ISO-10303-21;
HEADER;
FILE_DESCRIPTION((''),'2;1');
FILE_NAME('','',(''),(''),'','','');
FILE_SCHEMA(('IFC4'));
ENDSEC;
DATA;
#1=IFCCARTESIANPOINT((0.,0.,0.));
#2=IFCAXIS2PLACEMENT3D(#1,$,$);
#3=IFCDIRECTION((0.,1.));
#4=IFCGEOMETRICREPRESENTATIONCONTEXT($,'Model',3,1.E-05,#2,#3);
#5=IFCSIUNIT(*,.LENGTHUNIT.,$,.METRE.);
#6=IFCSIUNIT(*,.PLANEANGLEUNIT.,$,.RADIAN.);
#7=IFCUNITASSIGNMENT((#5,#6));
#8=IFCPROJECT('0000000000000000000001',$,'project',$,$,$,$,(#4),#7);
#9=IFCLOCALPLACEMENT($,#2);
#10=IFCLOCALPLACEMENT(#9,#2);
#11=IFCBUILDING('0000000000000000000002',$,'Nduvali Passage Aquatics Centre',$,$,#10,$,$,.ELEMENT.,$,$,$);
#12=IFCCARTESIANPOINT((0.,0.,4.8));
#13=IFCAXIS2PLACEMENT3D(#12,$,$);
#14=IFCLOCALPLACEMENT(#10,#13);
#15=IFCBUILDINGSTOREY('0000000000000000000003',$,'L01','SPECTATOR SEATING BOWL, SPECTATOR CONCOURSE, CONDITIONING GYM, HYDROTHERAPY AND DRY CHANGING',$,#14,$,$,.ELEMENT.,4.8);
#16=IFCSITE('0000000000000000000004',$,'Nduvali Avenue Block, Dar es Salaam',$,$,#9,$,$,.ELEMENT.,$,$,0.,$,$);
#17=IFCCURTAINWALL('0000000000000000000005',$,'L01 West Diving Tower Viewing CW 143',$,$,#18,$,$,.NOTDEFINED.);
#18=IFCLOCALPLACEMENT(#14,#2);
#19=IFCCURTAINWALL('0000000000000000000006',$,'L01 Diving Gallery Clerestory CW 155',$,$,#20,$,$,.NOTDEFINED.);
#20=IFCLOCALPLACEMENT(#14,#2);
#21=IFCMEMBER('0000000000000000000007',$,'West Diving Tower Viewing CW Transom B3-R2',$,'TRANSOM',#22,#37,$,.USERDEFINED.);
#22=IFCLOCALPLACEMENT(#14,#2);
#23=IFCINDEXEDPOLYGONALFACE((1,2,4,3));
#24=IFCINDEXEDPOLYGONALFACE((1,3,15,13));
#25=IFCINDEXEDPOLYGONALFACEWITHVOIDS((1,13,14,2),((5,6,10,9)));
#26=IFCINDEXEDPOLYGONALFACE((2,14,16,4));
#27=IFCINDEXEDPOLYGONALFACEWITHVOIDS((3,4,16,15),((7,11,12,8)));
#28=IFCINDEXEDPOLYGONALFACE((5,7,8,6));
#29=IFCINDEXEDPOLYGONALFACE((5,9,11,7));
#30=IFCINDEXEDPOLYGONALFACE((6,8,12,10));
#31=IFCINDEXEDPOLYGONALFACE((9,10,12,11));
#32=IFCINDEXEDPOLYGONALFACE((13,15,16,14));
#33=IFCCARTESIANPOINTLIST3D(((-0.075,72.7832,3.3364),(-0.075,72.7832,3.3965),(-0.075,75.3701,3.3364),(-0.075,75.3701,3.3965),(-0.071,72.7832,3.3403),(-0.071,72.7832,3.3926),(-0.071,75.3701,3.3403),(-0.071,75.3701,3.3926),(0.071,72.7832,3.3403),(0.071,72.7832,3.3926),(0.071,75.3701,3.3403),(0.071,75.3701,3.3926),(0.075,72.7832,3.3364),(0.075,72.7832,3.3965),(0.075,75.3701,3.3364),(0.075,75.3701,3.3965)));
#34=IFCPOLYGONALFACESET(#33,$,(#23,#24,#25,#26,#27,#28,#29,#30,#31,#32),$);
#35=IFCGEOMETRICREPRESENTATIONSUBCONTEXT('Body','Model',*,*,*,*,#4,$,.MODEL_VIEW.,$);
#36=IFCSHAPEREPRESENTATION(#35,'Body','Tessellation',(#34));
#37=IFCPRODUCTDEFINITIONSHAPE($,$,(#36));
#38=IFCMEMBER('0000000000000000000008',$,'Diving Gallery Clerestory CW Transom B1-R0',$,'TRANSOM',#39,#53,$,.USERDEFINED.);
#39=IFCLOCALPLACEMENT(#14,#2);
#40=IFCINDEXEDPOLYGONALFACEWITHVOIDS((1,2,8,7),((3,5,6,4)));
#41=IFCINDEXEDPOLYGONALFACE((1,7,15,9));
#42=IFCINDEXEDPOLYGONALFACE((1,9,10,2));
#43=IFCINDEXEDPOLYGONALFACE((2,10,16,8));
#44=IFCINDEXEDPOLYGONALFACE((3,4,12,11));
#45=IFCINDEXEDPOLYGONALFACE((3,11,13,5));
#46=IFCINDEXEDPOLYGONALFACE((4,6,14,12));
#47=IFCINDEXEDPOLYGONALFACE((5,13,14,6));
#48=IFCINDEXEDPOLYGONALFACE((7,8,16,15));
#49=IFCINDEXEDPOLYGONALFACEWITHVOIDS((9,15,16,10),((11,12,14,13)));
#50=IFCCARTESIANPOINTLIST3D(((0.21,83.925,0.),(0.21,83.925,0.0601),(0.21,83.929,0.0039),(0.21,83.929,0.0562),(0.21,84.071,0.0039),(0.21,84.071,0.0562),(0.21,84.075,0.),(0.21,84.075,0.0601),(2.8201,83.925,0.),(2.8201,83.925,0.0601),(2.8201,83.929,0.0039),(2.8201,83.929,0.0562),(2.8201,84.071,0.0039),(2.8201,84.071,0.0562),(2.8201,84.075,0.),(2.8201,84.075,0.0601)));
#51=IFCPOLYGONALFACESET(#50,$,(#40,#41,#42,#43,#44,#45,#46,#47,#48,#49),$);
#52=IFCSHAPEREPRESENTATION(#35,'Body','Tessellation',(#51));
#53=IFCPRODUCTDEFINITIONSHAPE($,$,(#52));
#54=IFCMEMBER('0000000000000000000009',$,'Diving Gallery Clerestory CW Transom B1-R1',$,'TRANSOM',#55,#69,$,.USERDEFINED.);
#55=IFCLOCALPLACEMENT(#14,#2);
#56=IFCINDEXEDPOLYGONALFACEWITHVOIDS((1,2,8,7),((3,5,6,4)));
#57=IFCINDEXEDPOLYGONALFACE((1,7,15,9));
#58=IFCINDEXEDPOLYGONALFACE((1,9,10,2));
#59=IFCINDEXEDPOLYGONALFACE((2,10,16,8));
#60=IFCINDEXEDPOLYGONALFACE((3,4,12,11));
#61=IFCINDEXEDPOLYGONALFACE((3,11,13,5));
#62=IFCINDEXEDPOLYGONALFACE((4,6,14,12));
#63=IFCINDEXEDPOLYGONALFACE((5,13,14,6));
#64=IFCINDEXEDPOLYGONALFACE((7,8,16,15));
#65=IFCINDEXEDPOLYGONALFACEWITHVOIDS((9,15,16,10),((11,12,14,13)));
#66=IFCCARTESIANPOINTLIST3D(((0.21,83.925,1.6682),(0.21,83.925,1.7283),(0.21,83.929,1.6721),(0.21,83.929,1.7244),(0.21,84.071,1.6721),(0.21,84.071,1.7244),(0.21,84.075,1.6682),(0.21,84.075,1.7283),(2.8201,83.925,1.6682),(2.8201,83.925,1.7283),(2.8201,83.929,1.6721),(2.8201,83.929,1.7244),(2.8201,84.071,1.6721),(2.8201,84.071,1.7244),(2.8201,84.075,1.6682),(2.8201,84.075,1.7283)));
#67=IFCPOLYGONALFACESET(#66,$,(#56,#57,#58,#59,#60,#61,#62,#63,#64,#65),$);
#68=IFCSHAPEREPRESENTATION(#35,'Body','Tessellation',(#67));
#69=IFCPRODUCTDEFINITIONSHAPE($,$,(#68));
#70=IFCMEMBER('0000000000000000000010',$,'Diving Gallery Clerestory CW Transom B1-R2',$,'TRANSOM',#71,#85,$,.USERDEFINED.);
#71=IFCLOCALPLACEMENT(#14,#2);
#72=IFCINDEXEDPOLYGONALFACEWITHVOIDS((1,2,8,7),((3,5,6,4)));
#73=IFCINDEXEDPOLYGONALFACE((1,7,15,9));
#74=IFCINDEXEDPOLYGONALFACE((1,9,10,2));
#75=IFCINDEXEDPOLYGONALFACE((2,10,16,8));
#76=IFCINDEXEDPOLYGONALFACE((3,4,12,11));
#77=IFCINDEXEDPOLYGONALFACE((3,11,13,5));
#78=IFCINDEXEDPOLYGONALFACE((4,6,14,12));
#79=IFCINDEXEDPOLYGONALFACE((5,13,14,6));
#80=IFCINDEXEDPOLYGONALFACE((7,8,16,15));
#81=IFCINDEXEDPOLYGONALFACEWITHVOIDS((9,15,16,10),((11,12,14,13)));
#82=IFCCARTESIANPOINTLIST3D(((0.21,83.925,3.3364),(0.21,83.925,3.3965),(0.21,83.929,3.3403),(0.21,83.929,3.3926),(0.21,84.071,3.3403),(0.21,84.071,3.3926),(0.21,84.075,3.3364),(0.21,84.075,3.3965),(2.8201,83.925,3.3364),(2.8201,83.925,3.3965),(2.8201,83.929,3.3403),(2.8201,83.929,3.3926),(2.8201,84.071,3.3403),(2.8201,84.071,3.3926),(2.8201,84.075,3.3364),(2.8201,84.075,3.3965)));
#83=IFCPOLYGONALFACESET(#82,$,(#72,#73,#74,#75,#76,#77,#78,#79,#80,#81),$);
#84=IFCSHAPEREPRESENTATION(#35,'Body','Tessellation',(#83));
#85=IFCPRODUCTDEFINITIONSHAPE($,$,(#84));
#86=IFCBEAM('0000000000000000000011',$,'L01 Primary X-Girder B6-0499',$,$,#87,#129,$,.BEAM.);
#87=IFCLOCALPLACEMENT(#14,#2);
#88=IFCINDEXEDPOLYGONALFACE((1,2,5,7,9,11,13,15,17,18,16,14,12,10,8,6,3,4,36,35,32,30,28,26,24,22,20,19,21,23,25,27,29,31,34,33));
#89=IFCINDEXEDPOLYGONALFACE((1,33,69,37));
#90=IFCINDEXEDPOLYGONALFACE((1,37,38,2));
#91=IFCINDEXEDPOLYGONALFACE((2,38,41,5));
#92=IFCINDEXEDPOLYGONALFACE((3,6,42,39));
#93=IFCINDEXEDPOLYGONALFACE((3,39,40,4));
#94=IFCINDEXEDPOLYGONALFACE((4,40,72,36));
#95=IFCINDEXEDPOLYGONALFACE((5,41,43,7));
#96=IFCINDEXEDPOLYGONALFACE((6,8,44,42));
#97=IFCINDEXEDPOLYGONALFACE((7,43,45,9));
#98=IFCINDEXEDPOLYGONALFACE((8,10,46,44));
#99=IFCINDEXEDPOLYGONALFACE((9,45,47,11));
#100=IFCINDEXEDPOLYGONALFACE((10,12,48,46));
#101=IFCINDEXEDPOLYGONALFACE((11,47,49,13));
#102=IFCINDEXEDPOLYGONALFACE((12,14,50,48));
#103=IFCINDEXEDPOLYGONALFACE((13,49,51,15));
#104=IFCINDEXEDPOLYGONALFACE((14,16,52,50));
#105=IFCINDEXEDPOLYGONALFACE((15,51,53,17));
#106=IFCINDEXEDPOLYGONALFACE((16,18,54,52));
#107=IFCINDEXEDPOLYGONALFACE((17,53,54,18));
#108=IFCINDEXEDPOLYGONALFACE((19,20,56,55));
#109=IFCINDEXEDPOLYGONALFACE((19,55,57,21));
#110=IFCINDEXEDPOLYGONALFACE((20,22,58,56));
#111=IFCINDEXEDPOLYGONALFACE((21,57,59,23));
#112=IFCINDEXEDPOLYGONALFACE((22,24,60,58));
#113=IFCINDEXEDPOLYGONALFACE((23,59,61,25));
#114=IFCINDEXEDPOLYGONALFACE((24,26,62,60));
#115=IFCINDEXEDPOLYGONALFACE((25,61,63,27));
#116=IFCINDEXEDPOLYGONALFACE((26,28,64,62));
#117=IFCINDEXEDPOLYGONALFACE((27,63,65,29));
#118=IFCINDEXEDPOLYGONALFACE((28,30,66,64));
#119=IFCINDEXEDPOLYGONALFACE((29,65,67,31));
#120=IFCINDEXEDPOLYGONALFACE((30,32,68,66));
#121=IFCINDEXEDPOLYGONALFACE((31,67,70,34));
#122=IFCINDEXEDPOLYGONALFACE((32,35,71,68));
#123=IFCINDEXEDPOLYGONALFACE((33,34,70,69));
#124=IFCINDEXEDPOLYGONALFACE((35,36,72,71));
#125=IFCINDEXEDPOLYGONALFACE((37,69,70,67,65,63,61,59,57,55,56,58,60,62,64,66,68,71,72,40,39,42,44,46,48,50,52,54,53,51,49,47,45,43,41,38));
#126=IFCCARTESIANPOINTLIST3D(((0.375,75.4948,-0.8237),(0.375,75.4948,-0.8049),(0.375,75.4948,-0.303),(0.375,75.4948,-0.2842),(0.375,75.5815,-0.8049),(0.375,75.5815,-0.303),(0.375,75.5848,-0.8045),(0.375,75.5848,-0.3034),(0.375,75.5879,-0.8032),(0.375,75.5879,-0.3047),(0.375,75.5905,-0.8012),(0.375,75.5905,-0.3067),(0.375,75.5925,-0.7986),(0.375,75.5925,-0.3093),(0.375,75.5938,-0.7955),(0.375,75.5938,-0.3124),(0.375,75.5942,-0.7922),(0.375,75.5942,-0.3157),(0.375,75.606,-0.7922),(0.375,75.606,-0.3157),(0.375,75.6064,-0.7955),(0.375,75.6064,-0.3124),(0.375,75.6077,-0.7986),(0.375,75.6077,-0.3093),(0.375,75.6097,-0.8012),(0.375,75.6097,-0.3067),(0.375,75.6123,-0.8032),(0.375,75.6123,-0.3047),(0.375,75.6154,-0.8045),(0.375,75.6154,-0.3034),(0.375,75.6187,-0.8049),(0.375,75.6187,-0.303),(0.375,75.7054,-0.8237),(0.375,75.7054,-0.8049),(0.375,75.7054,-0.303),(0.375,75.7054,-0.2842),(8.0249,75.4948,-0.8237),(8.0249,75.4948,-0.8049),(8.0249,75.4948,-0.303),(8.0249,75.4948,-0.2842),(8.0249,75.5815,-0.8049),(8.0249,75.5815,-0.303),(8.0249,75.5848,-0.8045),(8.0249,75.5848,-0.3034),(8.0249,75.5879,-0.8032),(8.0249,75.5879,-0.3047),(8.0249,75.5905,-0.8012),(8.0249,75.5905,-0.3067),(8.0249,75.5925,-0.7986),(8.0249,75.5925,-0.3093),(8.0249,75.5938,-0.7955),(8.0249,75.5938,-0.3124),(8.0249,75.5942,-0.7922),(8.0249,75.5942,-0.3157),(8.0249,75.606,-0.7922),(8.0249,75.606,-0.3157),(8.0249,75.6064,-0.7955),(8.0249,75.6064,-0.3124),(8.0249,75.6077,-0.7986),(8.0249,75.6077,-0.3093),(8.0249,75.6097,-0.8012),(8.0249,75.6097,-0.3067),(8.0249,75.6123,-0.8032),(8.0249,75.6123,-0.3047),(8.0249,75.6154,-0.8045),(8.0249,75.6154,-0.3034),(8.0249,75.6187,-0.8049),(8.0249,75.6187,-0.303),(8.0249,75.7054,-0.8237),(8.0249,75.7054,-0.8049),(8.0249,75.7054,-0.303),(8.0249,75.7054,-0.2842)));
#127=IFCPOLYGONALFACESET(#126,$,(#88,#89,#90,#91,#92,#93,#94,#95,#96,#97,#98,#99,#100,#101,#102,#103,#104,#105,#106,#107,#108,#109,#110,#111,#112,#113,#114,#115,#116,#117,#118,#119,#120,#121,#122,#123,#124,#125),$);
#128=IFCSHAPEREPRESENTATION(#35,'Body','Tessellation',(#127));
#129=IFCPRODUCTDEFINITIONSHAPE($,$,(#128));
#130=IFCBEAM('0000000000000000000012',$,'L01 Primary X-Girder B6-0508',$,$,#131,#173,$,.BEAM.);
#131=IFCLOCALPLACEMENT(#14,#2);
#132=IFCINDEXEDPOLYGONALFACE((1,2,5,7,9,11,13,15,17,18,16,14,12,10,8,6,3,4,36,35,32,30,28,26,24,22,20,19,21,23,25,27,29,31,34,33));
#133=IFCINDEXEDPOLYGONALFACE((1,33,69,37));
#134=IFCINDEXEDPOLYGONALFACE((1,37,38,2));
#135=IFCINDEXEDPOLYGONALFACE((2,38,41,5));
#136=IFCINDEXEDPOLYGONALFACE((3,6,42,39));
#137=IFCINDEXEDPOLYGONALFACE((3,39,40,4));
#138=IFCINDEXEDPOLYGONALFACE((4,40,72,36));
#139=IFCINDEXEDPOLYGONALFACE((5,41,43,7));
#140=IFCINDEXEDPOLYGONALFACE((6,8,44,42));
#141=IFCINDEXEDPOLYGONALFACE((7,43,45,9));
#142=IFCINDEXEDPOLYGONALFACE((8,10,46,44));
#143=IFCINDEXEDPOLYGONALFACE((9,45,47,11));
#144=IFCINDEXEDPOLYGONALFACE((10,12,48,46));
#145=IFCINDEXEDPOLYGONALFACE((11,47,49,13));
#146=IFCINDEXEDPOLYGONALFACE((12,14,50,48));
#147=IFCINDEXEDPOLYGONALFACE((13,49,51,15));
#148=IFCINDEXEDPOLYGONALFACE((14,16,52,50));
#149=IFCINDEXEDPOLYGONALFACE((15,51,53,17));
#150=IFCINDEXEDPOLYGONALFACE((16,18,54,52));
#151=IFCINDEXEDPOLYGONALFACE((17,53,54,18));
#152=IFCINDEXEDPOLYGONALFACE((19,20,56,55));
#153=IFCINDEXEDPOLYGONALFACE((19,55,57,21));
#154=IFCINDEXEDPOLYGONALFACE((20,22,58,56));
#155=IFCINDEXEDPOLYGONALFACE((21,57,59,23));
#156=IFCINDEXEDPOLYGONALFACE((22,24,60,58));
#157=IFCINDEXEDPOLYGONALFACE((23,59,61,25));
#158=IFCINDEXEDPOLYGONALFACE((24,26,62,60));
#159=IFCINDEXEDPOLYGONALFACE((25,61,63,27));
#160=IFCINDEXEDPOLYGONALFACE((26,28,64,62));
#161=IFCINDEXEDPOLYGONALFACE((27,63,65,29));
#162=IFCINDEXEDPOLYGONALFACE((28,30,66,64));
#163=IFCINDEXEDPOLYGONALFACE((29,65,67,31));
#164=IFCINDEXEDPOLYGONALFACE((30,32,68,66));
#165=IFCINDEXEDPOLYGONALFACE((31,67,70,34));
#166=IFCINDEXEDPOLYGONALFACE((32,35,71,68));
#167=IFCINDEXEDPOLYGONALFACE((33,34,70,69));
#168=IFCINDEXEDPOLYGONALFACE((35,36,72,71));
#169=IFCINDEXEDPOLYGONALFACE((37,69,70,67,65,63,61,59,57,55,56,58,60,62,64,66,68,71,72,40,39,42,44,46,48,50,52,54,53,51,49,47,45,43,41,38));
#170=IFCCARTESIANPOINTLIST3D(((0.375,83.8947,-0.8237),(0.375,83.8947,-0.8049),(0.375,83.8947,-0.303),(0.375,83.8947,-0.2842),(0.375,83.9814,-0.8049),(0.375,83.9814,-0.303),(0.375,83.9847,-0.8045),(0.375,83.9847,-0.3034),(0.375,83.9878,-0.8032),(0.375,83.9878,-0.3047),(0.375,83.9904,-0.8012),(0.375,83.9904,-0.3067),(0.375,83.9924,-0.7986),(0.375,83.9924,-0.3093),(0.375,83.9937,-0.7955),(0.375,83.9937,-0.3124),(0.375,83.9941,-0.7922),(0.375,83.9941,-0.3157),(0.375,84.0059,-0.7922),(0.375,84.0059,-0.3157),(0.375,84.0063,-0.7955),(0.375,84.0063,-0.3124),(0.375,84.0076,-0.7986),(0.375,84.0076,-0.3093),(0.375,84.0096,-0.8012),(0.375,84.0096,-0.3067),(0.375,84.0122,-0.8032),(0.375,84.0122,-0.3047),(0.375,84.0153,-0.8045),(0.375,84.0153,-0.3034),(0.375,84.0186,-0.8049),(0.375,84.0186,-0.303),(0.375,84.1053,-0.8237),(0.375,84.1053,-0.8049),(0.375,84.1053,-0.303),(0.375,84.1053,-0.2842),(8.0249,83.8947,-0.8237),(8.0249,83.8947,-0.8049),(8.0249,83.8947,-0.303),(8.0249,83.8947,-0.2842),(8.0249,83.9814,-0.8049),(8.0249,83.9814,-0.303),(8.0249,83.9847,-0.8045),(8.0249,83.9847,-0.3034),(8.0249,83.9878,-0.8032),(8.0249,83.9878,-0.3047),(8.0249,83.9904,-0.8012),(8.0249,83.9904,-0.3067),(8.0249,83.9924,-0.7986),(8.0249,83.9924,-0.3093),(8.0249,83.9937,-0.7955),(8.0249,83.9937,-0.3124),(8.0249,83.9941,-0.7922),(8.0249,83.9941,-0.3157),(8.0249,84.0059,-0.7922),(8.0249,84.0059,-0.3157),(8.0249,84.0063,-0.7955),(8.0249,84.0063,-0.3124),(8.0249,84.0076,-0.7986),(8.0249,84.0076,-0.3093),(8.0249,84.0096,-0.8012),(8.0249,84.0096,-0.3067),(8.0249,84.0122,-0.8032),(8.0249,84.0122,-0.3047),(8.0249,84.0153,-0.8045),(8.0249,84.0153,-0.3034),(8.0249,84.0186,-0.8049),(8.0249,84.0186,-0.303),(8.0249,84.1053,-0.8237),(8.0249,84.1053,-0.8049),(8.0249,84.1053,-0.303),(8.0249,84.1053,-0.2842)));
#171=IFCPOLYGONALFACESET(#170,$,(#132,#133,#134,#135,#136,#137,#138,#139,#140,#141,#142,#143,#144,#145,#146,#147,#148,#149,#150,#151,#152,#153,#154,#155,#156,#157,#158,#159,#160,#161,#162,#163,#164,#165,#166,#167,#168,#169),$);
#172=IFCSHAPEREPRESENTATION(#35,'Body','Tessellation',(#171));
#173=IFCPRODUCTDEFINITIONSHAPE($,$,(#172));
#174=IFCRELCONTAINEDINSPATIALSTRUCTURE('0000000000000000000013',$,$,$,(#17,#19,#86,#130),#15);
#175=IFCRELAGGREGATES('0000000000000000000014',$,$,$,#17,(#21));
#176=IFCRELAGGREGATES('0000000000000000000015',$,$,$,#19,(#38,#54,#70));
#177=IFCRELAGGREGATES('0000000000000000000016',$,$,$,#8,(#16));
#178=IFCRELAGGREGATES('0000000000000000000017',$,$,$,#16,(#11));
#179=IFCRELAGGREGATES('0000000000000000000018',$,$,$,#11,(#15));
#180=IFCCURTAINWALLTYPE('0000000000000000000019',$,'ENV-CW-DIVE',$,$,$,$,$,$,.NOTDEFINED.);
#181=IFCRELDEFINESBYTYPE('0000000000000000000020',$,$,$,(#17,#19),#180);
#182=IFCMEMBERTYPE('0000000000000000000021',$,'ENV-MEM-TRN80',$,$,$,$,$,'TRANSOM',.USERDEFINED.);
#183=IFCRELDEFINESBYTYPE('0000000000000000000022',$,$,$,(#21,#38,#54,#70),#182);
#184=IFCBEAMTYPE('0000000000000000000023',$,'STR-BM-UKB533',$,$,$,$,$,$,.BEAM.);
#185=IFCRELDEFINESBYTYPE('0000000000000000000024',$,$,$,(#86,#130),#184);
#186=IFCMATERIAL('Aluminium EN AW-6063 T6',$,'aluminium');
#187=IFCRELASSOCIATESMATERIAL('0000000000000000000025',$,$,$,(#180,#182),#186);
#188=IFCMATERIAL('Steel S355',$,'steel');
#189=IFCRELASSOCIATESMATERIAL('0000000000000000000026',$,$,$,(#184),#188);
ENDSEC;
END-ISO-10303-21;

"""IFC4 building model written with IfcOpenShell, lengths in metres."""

from ifc_helpers import new_model, si_unit, direction, frame, origin, origin_2d, place, context, subcontext, project, spatial, hollow_rectangle, i_section, extrude, material, material_profile, profile_set, type_object, element, aggregate, save


model = new_model("IFC4")

# Units and contexts
model_context = context("Model", 3, precision=1e-05, world=origin(), true_north=direction((0.0, 1.0)))
body_context = subcontext(model_context, "Body", "Model", "MODEL_VIEW")
ifc_project = project(units=[si_unit("LENGTHUNIT", "METRE"), si_unit("PLANEANGLEUNIT", "RADIAN")], contexts=[model_context])

# Site, building, storey
site_placement = place(None, origin())
site = spatial("IfcSite", under=ifc_project, at=site_placement, Name="Nduvali Avenue Block, Dar es Salaam", CompositionType="ELEMENT", RefElevation=0.0)
building_placement = place(site_placement, origin())
building = spatial("IfcBuilding", under=site, at=building_placement, Name="Nduvali Passage Aquatics Centre", CompositionType="ELEMENT")
storey_placement = place(building_placement, frame((0.0, 0.0, 4.8)))
storey = spatial("IfcBuildingStorey", under=building, at=storey_placement, Name="L01", Description="SPECTATOR SEATING BOWL, SPECTATOR CONCOURSE, CONDITIONING GYM, HYDROTHERAPY AND DRY CHANGING", CompositionType="ELEMENT", Elevation=4.8)

# Shared definitions
ifc_material_1 = material(Name="Steel S355", Category="steel")

# Shared definitions
ifc_material_2 = material(Name="Aluminium EN AW-6063 T6", Category="aluminium")
curtain_wall_type = type_object("IfcCurtainWallType", Name="ENV-CW-DIVE", PredefinedType="NOTDEFINED", material=ifc_material_2)

# Curtain wall
curtain_wall_1_placement = place(storey_placement, origin())
curtain_wall_1 = element("IfcCurtainWall", 1, at=curtain_wall_1_placement, inside=storey, type_object=curtain_wall_type, Name="L01 West Diving Tower Viewing CW 143", PredefinedType="NOTDEFINED")

# Curtain wall
curtain_wall_2_placement = place(storey_placement, origin())
curtain_wall_2 = element("IfcCurtainWall", 2, at=curtain_wall_2_placement, inside=storey, type_object=curtain_wall_type, Name="L01 Diving Gallery Clerestory CW 155", PredefinedType="NOTDEFINED")

# Members
ifc_material_profile_1 = material_profile(ifc_material_2, hollow_rectangle(XDim=0.1499, YDim=0.0601, WallThickness=0.0039, at=origin_2d()), Name="ALU TRANSOM 150x60x4")
ifc_profile_set_1 = profile_set([ifc_material_profile_1], Name="Aluminium EN AW-6063 T6")
member_type_1 = type_object("IfcMemberType", Name="ENV-MEM-TRN80", ElementType="TRANSOM", PredefinedType="USERDEFINED", material=ifc_profile_set_1)
member_1_placement = place(storey_placement, frame((0.0, 72.7832, 3.3665), z_axis=(0.0, 1.0, 0.0), x_axis=(-1.0, 0.0, 0.0)))
member_1 = element("IfcMember", 3, at=member_1_placement, type_object=member_type_1, Name="West Diving Tower Viewing CW Transom B3-R2", ObjectType="TRANSOM", PredefinedType="USERDEFINED", context=body_context, shape_type="SweptSolid", body=[
    extrude(hollow_rectangle(XDim=0.1499, YDim=0.0601, WallThickness=0.0039, at=origin_2d()), origin(), (0.0, 0.0, 1.0), 2.5869),
])
member_2_placement = place(storey_placement, frame((0.21, 84.0, 0.03), z_axis=(1.0, 0.0, 0.0), x_axis=(0.0, 1.0, 0.0)))
member_2 = element("IfcMember", 4, at=member_2_placement, type_object=member_type_1, Name="Diving Gallery Clerestory CW Transom B1-R0", ObjectType="TRANSOM", PredefinedType="USERDEFINED", context=body_context, shape_type="SweptSolid", body=[
    extrude(hollow_rectangle(XDim=0.1499, YDim=0.0601, WallThickness=0.0039, at=origin_2d()), origin(), (0.0, 0.0, 1.0), 2.6101),
])
member_3_placement = place(storey_placement, frame((0.21, 84.0, 1.6982), z_axis=(1.0, 0.0, 0.0), x_axis=(0.0, 1.0, 0.0)))
member_3 = element("IfcMember", 5, at=member_3_placement, type_object=member_type_1, Name="Diving Gallery Clerestory CW Transom B1-R1", ObjectType="TRANSOM", PredefinedType="USERDEFINED", context=body_context, shape_type="SweptSolid", body=[
    extrude(hollow_rectangle(XDim=0.1499, YDim=0.0601, WallThickness=0.0039, at=origin_2d()), origin(), (0.0, 0.0, 1.0), 2.6101),
])
member_4_placement = place(storey_placement, frame((0.21, 84.0, 3.3665), z_axis=(1.0, 0.0, 0.0), x_axis=(0.0, 1.0, 0.0)))
member_4 = element("IfcMember", 6, at=member_4_placement, type_object=member_type_1, Name="Diving Gallery Clerestory CW Transom B1-R2", ObjectType="TRANSOM", PredefinedType="USERDEFINED", context=body_context, shape_type="SweptSolid", body=[
    extrude(hollow_rectangle(XDim=0.1499, YDim=0.0601, WallThickness=0.0039, at=origin_2d()), origin(), (0.0, 0.0, 1.0), 2.6101),
])

# Beams
ifc_material_profile_2 = material_profile(ifc_material_1, i_section(OverallWidth=0.2107, OverallDepth=0.5396, WebThickness=0.0117, FlangeThickness=0.0188, FilletRadius=0.0127, at=origin_2d()), Name="UKB 533x210x109")
ifc_profile_set_2 = profile_set([ifc_material_profile_2], Name="Steel S355")
beam_type_1 = type_object("IfcBeamType", Name="STR-BM-UKB533", PredefinedType="BEAM", material=ifc_profile_set_2)
for number, where, z_axis, x_axis, name in (
    (7, (0.375, 75.6001, -0.554), (1.0, 0.0, 0.0), (0.0, 1.0, 0.0), "L01 Primary X-Girder B6-0499"),
    (8, (0.375, 84.0, -0.554), (1.0, 0.0, 0.0), (0.0, 1.0, 0.0), "L01 Primary X-Girder B6-0508"),
):
    element("IfcBeam", number, at=place(storey_placement, frame(where, z_axis=z_axis, x_axis=x_axis)), inside=storey, type_object=beam_type_1, Name=name, PredefinedType="BEAM", context=body_context, shape_type="SweptSolid", body=[
        extrude(i_section(OverallWidth=0.2107, OverallDepth=0.5396, WebThickness=0.0117, FlangeThickness=0.0188, FilletRadius=0.0127, at=origin_2d()), origin(), (0.0, 0.0, 1.0), 7.6499),
    ])

aggregate(curtain_wall_1, [member_1])
aggregate(curtain_wall_2, [member_2, member_3, member_4])

save(model, "model.ifc")
